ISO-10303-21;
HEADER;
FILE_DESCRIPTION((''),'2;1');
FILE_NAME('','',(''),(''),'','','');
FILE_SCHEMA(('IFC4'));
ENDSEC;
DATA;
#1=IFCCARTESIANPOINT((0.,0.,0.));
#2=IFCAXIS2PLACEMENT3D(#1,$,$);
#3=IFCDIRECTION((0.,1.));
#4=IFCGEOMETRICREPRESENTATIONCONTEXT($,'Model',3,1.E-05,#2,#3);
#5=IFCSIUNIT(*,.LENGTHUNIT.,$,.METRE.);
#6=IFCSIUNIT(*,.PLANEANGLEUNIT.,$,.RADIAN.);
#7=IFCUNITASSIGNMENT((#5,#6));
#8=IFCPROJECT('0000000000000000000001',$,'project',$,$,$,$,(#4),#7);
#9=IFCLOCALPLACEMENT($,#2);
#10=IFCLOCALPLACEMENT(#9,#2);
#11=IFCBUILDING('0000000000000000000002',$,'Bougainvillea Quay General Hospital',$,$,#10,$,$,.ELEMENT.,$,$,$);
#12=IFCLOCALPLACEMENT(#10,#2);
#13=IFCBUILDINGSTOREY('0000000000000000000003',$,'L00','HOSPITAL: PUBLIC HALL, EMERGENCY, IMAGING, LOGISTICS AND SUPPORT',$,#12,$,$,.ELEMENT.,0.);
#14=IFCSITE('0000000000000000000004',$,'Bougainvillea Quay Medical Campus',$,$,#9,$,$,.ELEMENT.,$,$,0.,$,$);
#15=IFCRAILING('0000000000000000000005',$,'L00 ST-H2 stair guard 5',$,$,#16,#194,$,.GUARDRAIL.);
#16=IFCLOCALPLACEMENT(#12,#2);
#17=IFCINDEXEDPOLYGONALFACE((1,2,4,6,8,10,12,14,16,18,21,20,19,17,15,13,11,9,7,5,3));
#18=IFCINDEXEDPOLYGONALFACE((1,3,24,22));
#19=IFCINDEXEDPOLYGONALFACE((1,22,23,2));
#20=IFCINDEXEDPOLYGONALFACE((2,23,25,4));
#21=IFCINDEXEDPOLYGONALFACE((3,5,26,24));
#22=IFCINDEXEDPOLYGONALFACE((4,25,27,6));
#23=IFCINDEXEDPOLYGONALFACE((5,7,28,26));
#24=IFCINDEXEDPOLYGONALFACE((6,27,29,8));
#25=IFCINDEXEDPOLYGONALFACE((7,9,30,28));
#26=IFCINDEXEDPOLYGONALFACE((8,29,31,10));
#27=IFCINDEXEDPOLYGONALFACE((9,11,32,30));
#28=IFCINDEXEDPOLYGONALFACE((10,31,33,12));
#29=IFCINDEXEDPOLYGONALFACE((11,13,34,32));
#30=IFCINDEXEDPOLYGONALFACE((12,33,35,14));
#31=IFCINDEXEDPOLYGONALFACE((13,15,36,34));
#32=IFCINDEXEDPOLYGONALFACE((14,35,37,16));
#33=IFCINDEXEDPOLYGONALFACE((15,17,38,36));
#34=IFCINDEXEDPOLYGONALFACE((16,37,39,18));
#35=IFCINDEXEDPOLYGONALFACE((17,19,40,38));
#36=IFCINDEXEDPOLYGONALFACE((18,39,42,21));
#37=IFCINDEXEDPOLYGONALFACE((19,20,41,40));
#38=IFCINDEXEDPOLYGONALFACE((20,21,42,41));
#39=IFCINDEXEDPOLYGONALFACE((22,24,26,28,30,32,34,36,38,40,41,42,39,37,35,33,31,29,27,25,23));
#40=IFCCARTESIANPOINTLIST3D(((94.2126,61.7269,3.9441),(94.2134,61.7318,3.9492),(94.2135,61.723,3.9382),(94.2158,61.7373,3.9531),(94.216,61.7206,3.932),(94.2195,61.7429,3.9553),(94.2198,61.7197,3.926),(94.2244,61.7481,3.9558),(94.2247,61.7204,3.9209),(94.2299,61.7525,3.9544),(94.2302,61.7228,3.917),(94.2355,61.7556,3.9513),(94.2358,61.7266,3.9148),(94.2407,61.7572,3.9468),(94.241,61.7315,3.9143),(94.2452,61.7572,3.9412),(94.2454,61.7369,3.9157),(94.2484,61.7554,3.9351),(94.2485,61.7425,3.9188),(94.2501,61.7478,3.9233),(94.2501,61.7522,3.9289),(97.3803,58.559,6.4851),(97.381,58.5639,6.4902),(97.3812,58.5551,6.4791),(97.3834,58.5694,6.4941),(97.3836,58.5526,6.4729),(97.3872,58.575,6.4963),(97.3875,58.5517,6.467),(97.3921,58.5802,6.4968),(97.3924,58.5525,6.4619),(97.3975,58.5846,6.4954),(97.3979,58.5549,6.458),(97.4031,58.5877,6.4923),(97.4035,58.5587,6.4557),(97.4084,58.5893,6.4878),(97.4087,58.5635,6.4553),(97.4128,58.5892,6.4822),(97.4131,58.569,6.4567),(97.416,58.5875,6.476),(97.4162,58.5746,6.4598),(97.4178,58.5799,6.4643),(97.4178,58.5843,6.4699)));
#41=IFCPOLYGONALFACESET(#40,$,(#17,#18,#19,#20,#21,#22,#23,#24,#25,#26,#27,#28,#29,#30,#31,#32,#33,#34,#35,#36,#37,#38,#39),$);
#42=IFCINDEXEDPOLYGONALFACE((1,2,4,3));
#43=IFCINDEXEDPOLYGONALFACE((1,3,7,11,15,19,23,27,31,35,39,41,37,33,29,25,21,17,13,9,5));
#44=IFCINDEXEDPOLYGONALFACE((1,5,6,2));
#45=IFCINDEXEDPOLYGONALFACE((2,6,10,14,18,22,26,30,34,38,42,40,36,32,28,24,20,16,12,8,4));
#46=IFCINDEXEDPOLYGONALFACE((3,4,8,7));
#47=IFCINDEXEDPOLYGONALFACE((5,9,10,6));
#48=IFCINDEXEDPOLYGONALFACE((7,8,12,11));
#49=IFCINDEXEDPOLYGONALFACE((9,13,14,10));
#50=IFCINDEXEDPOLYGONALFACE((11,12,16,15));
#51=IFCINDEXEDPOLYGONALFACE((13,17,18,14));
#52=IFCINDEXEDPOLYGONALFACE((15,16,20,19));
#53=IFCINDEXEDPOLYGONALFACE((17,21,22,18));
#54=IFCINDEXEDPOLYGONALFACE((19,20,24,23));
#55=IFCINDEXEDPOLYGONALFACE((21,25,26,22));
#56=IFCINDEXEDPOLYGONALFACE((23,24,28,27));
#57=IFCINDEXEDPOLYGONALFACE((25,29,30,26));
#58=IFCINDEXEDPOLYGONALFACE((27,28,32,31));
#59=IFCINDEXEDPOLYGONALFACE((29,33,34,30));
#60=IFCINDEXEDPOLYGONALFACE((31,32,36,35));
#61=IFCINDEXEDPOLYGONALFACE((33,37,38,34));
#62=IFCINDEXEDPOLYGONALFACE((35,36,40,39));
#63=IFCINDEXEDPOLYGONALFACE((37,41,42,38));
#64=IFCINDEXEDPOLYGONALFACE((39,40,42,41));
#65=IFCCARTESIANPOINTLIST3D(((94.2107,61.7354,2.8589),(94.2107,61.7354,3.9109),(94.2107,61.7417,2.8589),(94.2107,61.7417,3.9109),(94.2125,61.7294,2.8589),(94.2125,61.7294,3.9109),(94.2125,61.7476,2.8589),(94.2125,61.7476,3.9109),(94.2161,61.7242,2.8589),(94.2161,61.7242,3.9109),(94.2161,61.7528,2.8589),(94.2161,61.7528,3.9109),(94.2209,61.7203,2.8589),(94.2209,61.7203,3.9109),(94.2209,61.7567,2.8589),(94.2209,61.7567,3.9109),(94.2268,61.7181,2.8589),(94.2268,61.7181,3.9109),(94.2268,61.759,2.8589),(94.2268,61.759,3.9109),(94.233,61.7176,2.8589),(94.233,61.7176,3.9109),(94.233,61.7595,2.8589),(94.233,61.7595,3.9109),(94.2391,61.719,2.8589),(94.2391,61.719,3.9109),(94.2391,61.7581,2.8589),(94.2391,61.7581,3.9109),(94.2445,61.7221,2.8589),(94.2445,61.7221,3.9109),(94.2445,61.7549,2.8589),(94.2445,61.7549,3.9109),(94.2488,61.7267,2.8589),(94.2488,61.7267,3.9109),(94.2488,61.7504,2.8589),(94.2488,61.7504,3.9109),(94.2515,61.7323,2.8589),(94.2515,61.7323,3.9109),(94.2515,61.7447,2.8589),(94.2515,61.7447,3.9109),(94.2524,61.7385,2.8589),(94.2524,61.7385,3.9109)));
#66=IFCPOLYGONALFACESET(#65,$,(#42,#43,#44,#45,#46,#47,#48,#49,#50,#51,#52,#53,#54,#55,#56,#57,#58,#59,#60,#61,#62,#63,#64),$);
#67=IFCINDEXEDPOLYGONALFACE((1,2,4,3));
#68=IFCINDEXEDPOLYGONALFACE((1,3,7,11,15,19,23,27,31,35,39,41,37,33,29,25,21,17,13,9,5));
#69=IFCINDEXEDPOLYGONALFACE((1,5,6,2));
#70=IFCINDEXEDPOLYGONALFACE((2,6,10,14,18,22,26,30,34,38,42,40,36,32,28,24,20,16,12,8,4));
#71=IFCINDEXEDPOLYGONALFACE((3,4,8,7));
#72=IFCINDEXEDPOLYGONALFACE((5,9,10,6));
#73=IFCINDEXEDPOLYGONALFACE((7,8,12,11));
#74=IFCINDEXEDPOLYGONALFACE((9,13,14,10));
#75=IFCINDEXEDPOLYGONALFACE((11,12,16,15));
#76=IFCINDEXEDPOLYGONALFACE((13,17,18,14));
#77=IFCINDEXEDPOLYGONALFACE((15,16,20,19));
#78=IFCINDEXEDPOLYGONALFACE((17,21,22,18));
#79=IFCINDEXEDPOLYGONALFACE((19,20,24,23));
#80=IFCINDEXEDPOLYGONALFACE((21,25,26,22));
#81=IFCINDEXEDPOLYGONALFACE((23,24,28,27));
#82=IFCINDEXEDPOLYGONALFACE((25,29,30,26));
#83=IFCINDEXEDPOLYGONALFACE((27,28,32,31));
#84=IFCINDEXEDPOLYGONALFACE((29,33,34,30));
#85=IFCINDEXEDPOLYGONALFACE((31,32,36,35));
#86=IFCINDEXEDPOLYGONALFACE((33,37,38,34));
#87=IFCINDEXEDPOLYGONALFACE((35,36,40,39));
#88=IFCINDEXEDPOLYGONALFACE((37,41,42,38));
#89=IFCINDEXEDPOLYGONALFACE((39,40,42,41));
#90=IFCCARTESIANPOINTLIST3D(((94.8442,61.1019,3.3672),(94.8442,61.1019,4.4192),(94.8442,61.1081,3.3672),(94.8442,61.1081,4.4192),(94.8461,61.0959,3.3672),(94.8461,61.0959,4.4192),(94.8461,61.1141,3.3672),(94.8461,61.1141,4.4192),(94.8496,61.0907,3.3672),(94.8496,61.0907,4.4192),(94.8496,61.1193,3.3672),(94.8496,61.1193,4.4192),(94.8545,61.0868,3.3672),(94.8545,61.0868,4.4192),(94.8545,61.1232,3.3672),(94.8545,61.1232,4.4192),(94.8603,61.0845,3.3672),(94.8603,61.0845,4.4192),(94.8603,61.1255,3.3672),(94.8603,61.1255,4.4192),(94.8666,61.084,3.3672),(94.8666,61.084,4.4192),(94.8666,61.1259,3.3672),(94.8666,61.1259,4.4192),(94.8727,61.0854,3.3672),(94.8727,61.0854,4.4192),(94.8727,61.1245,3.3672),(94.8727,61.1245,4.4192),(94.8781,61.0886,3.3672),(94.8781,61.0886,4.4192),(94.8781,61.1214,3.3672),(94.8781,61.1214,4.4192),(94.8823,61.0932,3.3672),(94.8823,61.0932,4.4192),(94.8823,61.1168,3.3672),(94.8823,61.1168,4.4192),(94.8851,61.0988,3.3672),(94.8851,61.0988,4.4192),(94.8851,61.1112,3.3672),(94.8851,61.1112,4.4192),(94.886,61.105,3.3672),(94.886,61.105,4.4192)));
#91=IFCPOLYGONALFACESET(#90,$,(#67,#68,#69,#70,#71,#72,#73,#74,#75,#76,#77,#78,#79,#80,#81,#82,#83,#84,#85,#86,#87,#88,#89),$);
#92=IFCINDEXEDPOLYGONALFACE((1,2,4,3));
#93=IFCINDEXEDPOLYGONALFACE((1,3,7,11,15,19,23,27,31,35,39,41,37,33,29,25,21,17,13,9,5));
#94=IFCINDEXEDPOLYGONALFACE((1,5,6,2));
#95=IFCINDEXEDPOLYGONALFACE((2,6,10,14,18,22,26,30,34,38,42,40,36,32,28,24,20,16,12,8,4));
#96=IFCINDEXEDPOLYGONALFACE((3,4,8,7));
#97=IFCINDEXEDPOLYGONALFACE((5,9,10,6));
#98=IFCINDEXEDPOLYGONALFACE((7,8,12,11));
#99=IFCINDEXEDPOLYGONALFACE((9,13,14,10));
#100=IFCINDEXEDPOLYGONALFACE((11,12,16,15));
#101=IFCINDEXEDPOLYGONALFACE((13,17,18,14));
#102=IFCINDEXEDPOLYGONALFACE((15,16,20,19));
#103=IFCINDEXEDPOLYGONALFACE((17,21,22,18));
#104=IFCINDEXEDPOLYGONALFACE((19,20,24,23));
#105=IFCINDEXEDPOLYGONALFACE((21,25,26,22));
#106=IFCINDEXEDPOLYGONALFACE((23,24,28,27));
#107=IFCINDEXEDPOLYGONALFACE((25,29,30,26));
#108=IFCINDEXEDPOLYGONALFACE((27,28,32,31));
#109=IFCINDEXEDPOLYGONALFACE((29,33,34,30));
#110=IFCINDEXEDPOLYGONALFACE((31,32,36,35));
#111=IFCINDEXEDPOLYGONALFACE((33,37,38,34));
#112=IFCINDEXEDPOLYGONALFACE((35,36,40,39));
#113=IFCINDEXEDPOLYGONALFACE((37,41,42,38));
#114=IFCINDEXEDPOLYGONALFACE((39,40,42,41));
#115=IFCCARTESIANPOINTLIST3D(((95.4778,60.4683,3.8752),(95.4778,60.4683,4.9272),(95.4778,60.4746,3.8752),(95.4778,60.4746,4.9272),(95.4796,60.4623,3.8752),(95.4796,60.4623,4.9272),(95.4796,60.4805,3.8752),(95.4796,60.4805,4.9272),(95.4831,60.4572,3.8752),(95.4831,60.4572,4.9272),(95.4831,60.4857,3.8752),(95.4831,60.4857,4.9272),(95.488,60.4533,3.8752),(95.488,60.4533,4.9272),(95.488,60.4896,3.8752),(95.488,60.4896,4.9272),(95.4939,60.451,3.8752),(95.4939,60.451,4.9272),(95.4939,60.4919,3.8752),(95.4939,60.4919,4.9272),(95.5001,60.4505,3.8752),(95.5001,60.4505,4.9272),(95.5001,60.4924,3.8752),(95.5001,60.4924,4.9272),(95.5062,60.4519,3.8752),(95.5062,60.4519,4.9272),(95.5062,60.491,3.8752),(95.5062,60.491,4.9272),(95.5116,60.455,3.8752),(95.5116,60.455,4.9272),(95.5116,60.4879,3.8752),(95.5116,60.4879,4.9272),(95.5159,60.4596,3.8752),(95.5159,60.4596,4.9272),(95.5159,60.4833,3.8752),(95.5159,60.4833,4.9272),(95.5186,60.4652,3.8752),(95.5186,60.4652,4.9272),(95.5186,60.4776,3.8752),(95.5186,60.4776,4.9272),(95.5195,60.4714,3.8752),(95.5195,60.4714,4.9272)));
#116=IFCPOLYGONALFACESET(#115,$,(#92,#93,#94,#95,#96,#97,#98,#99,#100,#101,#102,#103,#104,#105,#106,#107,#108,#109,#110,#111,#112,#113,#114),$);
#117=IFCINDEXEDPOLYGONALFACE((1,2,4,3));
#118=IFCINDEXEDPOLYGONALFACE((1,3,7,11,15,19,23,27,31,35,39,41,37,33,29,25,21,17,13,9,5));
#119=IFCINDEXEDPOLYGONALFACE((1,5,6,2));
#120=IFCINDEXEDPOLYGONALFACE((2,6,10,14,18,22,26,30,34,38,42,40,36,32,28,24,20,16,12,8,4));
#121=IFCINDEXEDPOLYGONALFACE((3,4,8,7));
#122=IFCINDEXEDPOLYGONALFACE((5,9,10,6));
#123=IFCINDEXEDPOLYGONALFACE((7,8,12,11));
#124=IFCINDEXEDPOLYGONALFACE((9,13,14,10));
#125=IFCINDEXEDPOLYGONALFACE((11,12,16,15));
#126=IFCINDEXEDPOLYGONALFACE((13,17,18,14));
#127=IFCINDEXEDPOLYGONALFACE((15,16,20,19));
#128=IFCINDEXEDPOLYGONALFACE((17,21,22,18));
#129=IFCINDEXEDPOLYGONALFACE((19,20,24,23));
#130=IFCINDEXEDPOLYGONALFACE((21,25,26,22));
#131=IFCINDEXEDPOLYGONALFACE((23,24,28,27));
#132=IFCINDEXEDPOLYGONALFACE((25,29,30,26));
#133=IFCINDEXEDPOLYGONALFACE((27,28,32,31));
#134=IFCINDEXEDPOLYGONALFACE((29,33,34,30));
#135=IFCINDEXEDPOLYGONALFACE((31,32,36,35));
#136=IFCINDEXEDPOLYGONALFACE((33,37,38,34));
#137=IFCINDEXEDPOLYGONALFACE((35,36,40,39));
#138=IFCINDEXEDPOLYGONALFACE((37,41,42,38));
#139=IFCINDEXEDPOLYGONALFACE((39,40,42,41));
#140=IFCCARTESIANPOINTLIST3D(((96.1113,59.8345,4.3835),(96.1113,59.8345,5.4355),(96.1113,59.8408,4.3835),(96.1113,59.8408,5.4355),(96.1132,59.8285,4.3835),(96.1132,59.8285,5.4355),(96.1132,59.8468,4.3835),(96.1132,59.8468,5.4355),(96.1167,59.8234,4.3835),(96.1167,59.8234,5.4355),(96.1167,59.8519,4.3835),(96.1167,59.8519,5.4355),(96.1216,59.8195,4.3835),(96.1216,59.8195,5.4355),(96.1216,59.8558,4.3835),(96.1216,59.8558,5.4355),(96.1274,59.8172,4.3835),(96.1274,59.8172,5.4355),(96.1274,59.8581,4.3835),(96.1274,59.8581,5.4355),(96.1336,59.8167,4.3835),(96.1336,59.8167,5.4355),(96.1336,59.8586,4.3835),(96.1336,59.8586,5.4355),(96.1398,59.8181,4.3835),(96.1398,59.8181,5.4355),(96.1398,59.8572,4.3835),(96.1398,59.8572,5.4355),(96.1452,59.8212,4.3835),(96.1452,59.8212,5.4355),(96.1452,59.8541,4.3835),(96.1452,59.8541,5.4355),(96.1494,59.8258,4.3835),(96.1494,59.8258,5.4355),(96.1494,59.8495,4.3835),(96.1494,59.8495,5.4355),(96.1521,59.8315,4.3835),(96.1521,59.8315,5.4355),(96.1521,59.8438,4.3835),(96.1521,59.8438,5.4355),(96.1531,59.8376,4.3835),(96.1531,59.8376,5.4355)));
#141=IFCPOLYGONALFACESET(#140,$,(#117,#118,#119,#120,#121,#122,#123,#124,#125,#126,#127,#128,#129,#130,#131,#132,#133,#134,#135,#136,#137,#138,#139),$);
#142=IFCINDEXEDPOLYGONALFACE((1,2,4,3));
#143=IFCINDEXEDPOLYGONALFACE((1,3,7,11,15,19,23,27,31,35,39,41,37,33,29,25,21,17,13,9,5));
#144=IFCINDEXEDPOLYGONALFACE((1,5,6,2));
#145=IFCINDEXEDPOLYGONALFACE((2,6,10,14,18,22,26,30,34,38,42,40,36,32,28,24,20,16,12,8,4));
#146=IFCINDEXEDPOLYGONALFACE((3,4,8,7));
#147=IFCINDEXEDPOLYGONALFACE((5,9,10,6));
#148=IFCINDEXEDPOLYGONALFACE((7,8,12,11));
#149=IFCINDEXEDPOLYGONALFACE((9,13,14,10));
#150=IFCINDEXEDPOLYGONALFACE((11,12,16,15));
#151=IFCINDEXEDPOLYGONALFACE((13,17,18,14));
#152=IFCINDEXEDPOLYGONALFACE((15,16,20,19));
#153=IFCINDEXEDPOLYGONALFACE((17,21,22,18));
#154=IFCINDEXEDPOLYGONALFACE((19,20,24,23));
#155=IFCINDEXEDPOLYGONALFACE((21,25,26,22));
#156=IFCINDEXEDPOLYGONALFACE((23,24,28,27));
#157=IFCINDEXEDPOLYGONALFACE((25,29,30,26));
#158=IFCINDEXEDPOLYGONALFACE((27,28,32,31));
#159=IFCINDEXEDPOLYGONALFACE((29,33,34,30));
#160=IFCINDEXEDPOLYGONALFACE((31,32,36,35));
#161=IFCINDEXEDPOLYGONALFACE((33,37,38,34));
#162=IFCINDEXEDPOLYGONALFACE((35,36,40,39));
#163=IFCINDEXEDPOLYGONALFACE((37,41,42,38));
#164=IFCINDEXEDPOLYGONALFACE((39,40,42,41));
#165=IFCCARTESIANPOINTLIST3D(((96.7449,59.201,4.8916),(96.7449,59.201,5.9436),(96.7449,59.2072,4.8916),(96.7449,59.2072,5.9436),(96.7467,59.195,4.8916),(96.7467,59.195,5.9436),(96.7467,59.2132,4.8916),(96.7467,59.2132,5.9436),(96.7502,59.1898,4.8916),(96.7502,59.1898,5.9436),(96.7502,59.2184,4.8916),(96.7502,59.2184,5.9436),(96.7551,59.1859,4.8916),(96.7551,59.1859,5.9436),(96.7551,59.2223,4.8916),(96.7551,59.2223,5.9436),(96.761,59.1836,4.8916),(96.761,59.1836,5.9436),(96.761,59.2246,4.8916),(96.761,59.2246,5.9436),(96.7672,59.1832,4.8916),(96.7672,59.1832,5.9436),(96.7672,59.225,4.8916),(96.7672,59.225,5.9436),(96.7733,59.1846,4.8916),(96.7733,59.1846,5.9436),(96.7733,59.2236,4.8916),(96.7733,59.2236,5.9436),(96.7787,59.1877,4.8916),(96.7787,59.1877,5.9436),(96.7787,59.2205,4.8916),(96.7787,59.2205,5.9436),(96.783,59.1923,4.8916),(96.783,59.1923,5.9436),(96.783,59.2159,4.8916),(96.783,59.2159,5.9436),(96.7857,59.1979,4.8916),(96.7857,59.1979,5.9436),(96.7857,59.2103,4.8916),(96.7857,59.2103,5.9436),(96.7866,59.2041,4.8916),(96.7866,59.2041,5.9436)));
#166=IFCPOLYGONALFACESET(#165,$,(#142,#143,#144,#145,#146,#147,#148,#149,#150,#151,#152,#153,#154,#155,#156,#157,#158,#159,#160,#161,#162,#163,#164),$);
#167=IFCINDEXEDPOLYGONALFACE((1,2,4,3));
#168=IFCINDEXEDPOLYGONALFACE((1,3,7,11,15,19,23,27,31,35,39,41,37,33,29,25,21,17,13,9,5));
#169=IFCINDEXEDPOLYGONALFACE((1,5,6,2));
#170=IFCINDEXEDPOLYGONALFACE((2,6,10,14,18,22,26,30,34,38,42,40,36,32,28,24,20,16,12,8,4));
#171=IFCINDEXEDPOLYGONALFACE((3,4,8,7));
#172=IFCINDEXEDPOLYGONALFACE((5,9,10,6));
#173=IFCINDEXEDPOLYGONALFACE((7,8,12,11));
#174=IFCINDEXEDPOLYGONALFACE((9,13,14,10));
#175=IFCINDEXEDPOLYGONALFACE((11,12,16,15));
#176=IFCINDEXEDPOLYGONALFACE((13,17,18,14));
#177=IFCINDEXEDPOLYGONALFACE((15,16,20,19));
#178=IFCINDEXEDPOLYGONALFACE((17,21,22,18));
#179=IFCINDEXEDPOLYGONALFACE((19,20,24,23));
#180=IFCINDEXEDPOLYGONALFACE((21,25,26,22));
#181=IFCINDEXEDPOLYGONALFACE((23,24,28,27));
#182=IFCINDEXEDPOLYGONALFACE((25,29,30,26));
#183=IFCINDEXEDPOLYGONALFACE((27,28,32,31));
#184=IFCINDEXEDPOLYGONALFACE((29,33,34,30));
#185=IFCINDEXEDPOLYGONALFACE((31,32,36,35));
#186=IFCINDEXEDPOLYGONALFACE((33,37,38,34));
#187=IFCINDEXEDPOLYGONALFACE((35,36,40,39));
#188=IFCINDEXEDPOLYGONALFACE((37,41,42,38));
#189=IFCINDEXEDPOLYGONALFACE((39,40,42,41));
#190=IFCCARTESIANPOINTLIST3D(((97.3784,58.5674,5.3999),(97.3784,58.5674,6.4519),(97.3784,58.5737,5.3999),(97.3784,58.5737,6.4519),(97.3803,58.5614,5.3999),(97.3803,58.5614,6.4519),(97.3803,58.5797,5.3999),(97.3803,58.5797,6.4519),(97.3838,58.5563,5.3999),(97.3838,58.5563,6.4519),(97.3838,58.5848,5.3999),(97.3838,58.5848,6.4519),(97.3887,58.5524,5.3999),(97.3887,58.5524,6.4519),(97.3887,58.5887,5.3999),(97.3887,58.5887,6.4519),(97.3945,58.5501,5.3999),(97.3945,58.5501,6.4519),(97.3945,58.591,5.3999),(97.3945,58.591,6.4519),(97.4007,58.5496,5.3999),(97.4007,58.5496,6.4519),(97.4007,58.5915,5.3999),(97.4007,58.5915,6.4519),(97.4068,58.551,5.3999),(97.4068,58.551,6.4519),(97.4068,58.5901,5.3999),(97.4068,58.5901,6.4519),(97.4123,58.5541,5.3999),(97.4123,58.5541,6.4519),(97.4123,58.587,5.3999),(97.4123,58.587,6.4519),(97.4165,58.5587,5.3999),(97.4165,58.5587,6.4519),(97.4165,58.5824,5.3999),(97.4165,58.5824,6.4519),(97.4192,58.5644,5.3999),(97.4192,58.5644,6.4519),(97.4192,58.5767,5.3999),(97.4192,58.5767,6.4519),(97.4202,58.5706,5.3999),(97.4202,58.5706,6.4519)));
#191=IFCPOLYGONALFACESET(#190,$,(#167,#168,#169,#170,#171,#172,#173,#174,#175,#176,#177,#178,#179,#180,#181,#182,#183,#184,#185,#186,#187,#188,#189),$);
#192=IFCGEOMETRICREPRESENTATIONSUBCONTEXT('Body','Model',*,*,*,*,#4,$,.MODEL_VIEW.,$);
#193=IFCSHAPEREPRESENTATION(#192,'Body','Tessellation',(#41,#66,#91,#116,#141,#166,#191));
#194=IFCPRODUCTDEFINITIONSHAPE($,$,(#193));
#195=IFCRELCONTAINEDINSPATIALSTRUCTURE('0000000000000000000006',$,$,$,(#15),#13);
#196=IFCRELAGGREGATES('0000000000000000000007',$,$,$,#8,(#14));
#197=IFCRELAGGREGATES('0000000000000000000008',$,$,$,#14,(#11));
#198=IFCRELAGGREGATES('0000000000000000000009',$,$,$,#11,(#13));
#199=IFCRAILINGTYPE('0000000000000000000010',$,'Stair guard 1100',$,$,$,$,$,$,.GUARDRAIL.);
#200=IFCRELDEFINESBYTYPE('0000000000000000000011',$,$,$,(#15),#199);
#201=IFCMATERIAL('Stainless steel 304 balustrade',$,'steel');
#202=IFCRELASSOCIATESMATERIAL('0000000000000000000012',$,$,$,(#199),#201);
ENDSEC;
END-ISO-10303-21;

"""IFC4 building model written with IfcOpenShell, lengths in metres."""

from ifc_helpers import new_model, si_unit, direction, frame, origin, origin_2d, place, context, subcontext, project, spatial, circle, extrude, material, type_object, element, save


model = new_model("IFC4")

# Units and contexts
model_context = context("Model", 3, precision=1e-05, world=origin(), true_north=direction((0.0, 1.0)))
body_context = subcontext(model_context, "Body", "Model", "MODEL_VIEW")
ifc_project = project(units=[si_unit("LENGTHUNIT", "METRE"), si_unit("PLANEANGLEUNIT", "RADIAN")], contexts=[model_context])

# Site, building, storey
site_placement = place(None, origin())
site = spatial("IfcSite", under=ifc_project, at=site_placement, Name="Bougainvillea Quay Medical Campus", CompositionType="ELEMENT", RefElevation=0.0)
building_placement = place(site_placement, origin())
building = spatial("IfcBuilding", under=site, at=building_placement, Name="Bougainvillea Quay General Hospital", CompositionType="ELEMENT")
storey_placement = place(building_placement, origin())
storey = spatial("IfcBuildingStorey", under=building, at=storey_placement, Name="L00", Description="HOSPITAL: PUBLIC HALL, EMERGENCY, IMAGING, LOGISTICS AND SUPPORT", CompositionType="ELEMENT", Elevation=0.0)

# Railing
ifc_material_1 = material(Name="Stainless steel 304 balustrade", Category="steel")
railing_type_1 = type_object("IfcRailingType", Name="Stair guard 1100", PredefinedType="GUARDRAIL", material=ifc_material_1)
railing_1_placement = place(storey_placement, frame((94.2314, 61.7385, 2.8589)))
element("IfcRailing", 1, at=railing_1_placement, inside=storey, type_object=railing_type_1, Name="L00 ST-H2 stair guard 5", PredefinedType="GUARDRAIL", context=body_context, shape_type="SweptSolid", body=[
    extrude(circle(Radius=0.0239, at=origin_2d()), frame((0.0, 0.0, 1.0762), z_axis=(0.615037, -0.615084, 0.493357), x_axis=(0.707134, 0.70708, 0.0)), (0.0, 0.0, 1.0), 5.1504),
    extrude(circle(Radius=0.021, at=origin_2d()), origin(), (0.0, 0.0, 1.0), 1.052),
    extrude(circle(Radius=0.021, at=origin_2d()), frame((0.6335, -0.6335, 0.5083)), (0.0, 0.0, 1.0), 1.052),
    extrude(circle(Radius=0.021, at=origin_2d()), frame((1.2671, -1.2671, 1.0164)), (0.0, 0.0, 1.0), 1.052),
    extrude(circle(Radius=0.021, at=origin_2d()), frame((1.9006, -1.9009, 1.5247)), (0.0, 0.0, 1.0), 1.052),
    extrude(circle(Radius=0.021, at=origin_2d()), frame((2.5342, -2.5344, 2.0327)), (0.0, 0.0, 1.0), 1.052),
    extrude(circle(Radius=0.021, at=origin_2d()), frame((3.1677, -3.168, 2.541)), (0.0, 0.0, 1.0), 1.052),
])

save(model, "model.ifc")
